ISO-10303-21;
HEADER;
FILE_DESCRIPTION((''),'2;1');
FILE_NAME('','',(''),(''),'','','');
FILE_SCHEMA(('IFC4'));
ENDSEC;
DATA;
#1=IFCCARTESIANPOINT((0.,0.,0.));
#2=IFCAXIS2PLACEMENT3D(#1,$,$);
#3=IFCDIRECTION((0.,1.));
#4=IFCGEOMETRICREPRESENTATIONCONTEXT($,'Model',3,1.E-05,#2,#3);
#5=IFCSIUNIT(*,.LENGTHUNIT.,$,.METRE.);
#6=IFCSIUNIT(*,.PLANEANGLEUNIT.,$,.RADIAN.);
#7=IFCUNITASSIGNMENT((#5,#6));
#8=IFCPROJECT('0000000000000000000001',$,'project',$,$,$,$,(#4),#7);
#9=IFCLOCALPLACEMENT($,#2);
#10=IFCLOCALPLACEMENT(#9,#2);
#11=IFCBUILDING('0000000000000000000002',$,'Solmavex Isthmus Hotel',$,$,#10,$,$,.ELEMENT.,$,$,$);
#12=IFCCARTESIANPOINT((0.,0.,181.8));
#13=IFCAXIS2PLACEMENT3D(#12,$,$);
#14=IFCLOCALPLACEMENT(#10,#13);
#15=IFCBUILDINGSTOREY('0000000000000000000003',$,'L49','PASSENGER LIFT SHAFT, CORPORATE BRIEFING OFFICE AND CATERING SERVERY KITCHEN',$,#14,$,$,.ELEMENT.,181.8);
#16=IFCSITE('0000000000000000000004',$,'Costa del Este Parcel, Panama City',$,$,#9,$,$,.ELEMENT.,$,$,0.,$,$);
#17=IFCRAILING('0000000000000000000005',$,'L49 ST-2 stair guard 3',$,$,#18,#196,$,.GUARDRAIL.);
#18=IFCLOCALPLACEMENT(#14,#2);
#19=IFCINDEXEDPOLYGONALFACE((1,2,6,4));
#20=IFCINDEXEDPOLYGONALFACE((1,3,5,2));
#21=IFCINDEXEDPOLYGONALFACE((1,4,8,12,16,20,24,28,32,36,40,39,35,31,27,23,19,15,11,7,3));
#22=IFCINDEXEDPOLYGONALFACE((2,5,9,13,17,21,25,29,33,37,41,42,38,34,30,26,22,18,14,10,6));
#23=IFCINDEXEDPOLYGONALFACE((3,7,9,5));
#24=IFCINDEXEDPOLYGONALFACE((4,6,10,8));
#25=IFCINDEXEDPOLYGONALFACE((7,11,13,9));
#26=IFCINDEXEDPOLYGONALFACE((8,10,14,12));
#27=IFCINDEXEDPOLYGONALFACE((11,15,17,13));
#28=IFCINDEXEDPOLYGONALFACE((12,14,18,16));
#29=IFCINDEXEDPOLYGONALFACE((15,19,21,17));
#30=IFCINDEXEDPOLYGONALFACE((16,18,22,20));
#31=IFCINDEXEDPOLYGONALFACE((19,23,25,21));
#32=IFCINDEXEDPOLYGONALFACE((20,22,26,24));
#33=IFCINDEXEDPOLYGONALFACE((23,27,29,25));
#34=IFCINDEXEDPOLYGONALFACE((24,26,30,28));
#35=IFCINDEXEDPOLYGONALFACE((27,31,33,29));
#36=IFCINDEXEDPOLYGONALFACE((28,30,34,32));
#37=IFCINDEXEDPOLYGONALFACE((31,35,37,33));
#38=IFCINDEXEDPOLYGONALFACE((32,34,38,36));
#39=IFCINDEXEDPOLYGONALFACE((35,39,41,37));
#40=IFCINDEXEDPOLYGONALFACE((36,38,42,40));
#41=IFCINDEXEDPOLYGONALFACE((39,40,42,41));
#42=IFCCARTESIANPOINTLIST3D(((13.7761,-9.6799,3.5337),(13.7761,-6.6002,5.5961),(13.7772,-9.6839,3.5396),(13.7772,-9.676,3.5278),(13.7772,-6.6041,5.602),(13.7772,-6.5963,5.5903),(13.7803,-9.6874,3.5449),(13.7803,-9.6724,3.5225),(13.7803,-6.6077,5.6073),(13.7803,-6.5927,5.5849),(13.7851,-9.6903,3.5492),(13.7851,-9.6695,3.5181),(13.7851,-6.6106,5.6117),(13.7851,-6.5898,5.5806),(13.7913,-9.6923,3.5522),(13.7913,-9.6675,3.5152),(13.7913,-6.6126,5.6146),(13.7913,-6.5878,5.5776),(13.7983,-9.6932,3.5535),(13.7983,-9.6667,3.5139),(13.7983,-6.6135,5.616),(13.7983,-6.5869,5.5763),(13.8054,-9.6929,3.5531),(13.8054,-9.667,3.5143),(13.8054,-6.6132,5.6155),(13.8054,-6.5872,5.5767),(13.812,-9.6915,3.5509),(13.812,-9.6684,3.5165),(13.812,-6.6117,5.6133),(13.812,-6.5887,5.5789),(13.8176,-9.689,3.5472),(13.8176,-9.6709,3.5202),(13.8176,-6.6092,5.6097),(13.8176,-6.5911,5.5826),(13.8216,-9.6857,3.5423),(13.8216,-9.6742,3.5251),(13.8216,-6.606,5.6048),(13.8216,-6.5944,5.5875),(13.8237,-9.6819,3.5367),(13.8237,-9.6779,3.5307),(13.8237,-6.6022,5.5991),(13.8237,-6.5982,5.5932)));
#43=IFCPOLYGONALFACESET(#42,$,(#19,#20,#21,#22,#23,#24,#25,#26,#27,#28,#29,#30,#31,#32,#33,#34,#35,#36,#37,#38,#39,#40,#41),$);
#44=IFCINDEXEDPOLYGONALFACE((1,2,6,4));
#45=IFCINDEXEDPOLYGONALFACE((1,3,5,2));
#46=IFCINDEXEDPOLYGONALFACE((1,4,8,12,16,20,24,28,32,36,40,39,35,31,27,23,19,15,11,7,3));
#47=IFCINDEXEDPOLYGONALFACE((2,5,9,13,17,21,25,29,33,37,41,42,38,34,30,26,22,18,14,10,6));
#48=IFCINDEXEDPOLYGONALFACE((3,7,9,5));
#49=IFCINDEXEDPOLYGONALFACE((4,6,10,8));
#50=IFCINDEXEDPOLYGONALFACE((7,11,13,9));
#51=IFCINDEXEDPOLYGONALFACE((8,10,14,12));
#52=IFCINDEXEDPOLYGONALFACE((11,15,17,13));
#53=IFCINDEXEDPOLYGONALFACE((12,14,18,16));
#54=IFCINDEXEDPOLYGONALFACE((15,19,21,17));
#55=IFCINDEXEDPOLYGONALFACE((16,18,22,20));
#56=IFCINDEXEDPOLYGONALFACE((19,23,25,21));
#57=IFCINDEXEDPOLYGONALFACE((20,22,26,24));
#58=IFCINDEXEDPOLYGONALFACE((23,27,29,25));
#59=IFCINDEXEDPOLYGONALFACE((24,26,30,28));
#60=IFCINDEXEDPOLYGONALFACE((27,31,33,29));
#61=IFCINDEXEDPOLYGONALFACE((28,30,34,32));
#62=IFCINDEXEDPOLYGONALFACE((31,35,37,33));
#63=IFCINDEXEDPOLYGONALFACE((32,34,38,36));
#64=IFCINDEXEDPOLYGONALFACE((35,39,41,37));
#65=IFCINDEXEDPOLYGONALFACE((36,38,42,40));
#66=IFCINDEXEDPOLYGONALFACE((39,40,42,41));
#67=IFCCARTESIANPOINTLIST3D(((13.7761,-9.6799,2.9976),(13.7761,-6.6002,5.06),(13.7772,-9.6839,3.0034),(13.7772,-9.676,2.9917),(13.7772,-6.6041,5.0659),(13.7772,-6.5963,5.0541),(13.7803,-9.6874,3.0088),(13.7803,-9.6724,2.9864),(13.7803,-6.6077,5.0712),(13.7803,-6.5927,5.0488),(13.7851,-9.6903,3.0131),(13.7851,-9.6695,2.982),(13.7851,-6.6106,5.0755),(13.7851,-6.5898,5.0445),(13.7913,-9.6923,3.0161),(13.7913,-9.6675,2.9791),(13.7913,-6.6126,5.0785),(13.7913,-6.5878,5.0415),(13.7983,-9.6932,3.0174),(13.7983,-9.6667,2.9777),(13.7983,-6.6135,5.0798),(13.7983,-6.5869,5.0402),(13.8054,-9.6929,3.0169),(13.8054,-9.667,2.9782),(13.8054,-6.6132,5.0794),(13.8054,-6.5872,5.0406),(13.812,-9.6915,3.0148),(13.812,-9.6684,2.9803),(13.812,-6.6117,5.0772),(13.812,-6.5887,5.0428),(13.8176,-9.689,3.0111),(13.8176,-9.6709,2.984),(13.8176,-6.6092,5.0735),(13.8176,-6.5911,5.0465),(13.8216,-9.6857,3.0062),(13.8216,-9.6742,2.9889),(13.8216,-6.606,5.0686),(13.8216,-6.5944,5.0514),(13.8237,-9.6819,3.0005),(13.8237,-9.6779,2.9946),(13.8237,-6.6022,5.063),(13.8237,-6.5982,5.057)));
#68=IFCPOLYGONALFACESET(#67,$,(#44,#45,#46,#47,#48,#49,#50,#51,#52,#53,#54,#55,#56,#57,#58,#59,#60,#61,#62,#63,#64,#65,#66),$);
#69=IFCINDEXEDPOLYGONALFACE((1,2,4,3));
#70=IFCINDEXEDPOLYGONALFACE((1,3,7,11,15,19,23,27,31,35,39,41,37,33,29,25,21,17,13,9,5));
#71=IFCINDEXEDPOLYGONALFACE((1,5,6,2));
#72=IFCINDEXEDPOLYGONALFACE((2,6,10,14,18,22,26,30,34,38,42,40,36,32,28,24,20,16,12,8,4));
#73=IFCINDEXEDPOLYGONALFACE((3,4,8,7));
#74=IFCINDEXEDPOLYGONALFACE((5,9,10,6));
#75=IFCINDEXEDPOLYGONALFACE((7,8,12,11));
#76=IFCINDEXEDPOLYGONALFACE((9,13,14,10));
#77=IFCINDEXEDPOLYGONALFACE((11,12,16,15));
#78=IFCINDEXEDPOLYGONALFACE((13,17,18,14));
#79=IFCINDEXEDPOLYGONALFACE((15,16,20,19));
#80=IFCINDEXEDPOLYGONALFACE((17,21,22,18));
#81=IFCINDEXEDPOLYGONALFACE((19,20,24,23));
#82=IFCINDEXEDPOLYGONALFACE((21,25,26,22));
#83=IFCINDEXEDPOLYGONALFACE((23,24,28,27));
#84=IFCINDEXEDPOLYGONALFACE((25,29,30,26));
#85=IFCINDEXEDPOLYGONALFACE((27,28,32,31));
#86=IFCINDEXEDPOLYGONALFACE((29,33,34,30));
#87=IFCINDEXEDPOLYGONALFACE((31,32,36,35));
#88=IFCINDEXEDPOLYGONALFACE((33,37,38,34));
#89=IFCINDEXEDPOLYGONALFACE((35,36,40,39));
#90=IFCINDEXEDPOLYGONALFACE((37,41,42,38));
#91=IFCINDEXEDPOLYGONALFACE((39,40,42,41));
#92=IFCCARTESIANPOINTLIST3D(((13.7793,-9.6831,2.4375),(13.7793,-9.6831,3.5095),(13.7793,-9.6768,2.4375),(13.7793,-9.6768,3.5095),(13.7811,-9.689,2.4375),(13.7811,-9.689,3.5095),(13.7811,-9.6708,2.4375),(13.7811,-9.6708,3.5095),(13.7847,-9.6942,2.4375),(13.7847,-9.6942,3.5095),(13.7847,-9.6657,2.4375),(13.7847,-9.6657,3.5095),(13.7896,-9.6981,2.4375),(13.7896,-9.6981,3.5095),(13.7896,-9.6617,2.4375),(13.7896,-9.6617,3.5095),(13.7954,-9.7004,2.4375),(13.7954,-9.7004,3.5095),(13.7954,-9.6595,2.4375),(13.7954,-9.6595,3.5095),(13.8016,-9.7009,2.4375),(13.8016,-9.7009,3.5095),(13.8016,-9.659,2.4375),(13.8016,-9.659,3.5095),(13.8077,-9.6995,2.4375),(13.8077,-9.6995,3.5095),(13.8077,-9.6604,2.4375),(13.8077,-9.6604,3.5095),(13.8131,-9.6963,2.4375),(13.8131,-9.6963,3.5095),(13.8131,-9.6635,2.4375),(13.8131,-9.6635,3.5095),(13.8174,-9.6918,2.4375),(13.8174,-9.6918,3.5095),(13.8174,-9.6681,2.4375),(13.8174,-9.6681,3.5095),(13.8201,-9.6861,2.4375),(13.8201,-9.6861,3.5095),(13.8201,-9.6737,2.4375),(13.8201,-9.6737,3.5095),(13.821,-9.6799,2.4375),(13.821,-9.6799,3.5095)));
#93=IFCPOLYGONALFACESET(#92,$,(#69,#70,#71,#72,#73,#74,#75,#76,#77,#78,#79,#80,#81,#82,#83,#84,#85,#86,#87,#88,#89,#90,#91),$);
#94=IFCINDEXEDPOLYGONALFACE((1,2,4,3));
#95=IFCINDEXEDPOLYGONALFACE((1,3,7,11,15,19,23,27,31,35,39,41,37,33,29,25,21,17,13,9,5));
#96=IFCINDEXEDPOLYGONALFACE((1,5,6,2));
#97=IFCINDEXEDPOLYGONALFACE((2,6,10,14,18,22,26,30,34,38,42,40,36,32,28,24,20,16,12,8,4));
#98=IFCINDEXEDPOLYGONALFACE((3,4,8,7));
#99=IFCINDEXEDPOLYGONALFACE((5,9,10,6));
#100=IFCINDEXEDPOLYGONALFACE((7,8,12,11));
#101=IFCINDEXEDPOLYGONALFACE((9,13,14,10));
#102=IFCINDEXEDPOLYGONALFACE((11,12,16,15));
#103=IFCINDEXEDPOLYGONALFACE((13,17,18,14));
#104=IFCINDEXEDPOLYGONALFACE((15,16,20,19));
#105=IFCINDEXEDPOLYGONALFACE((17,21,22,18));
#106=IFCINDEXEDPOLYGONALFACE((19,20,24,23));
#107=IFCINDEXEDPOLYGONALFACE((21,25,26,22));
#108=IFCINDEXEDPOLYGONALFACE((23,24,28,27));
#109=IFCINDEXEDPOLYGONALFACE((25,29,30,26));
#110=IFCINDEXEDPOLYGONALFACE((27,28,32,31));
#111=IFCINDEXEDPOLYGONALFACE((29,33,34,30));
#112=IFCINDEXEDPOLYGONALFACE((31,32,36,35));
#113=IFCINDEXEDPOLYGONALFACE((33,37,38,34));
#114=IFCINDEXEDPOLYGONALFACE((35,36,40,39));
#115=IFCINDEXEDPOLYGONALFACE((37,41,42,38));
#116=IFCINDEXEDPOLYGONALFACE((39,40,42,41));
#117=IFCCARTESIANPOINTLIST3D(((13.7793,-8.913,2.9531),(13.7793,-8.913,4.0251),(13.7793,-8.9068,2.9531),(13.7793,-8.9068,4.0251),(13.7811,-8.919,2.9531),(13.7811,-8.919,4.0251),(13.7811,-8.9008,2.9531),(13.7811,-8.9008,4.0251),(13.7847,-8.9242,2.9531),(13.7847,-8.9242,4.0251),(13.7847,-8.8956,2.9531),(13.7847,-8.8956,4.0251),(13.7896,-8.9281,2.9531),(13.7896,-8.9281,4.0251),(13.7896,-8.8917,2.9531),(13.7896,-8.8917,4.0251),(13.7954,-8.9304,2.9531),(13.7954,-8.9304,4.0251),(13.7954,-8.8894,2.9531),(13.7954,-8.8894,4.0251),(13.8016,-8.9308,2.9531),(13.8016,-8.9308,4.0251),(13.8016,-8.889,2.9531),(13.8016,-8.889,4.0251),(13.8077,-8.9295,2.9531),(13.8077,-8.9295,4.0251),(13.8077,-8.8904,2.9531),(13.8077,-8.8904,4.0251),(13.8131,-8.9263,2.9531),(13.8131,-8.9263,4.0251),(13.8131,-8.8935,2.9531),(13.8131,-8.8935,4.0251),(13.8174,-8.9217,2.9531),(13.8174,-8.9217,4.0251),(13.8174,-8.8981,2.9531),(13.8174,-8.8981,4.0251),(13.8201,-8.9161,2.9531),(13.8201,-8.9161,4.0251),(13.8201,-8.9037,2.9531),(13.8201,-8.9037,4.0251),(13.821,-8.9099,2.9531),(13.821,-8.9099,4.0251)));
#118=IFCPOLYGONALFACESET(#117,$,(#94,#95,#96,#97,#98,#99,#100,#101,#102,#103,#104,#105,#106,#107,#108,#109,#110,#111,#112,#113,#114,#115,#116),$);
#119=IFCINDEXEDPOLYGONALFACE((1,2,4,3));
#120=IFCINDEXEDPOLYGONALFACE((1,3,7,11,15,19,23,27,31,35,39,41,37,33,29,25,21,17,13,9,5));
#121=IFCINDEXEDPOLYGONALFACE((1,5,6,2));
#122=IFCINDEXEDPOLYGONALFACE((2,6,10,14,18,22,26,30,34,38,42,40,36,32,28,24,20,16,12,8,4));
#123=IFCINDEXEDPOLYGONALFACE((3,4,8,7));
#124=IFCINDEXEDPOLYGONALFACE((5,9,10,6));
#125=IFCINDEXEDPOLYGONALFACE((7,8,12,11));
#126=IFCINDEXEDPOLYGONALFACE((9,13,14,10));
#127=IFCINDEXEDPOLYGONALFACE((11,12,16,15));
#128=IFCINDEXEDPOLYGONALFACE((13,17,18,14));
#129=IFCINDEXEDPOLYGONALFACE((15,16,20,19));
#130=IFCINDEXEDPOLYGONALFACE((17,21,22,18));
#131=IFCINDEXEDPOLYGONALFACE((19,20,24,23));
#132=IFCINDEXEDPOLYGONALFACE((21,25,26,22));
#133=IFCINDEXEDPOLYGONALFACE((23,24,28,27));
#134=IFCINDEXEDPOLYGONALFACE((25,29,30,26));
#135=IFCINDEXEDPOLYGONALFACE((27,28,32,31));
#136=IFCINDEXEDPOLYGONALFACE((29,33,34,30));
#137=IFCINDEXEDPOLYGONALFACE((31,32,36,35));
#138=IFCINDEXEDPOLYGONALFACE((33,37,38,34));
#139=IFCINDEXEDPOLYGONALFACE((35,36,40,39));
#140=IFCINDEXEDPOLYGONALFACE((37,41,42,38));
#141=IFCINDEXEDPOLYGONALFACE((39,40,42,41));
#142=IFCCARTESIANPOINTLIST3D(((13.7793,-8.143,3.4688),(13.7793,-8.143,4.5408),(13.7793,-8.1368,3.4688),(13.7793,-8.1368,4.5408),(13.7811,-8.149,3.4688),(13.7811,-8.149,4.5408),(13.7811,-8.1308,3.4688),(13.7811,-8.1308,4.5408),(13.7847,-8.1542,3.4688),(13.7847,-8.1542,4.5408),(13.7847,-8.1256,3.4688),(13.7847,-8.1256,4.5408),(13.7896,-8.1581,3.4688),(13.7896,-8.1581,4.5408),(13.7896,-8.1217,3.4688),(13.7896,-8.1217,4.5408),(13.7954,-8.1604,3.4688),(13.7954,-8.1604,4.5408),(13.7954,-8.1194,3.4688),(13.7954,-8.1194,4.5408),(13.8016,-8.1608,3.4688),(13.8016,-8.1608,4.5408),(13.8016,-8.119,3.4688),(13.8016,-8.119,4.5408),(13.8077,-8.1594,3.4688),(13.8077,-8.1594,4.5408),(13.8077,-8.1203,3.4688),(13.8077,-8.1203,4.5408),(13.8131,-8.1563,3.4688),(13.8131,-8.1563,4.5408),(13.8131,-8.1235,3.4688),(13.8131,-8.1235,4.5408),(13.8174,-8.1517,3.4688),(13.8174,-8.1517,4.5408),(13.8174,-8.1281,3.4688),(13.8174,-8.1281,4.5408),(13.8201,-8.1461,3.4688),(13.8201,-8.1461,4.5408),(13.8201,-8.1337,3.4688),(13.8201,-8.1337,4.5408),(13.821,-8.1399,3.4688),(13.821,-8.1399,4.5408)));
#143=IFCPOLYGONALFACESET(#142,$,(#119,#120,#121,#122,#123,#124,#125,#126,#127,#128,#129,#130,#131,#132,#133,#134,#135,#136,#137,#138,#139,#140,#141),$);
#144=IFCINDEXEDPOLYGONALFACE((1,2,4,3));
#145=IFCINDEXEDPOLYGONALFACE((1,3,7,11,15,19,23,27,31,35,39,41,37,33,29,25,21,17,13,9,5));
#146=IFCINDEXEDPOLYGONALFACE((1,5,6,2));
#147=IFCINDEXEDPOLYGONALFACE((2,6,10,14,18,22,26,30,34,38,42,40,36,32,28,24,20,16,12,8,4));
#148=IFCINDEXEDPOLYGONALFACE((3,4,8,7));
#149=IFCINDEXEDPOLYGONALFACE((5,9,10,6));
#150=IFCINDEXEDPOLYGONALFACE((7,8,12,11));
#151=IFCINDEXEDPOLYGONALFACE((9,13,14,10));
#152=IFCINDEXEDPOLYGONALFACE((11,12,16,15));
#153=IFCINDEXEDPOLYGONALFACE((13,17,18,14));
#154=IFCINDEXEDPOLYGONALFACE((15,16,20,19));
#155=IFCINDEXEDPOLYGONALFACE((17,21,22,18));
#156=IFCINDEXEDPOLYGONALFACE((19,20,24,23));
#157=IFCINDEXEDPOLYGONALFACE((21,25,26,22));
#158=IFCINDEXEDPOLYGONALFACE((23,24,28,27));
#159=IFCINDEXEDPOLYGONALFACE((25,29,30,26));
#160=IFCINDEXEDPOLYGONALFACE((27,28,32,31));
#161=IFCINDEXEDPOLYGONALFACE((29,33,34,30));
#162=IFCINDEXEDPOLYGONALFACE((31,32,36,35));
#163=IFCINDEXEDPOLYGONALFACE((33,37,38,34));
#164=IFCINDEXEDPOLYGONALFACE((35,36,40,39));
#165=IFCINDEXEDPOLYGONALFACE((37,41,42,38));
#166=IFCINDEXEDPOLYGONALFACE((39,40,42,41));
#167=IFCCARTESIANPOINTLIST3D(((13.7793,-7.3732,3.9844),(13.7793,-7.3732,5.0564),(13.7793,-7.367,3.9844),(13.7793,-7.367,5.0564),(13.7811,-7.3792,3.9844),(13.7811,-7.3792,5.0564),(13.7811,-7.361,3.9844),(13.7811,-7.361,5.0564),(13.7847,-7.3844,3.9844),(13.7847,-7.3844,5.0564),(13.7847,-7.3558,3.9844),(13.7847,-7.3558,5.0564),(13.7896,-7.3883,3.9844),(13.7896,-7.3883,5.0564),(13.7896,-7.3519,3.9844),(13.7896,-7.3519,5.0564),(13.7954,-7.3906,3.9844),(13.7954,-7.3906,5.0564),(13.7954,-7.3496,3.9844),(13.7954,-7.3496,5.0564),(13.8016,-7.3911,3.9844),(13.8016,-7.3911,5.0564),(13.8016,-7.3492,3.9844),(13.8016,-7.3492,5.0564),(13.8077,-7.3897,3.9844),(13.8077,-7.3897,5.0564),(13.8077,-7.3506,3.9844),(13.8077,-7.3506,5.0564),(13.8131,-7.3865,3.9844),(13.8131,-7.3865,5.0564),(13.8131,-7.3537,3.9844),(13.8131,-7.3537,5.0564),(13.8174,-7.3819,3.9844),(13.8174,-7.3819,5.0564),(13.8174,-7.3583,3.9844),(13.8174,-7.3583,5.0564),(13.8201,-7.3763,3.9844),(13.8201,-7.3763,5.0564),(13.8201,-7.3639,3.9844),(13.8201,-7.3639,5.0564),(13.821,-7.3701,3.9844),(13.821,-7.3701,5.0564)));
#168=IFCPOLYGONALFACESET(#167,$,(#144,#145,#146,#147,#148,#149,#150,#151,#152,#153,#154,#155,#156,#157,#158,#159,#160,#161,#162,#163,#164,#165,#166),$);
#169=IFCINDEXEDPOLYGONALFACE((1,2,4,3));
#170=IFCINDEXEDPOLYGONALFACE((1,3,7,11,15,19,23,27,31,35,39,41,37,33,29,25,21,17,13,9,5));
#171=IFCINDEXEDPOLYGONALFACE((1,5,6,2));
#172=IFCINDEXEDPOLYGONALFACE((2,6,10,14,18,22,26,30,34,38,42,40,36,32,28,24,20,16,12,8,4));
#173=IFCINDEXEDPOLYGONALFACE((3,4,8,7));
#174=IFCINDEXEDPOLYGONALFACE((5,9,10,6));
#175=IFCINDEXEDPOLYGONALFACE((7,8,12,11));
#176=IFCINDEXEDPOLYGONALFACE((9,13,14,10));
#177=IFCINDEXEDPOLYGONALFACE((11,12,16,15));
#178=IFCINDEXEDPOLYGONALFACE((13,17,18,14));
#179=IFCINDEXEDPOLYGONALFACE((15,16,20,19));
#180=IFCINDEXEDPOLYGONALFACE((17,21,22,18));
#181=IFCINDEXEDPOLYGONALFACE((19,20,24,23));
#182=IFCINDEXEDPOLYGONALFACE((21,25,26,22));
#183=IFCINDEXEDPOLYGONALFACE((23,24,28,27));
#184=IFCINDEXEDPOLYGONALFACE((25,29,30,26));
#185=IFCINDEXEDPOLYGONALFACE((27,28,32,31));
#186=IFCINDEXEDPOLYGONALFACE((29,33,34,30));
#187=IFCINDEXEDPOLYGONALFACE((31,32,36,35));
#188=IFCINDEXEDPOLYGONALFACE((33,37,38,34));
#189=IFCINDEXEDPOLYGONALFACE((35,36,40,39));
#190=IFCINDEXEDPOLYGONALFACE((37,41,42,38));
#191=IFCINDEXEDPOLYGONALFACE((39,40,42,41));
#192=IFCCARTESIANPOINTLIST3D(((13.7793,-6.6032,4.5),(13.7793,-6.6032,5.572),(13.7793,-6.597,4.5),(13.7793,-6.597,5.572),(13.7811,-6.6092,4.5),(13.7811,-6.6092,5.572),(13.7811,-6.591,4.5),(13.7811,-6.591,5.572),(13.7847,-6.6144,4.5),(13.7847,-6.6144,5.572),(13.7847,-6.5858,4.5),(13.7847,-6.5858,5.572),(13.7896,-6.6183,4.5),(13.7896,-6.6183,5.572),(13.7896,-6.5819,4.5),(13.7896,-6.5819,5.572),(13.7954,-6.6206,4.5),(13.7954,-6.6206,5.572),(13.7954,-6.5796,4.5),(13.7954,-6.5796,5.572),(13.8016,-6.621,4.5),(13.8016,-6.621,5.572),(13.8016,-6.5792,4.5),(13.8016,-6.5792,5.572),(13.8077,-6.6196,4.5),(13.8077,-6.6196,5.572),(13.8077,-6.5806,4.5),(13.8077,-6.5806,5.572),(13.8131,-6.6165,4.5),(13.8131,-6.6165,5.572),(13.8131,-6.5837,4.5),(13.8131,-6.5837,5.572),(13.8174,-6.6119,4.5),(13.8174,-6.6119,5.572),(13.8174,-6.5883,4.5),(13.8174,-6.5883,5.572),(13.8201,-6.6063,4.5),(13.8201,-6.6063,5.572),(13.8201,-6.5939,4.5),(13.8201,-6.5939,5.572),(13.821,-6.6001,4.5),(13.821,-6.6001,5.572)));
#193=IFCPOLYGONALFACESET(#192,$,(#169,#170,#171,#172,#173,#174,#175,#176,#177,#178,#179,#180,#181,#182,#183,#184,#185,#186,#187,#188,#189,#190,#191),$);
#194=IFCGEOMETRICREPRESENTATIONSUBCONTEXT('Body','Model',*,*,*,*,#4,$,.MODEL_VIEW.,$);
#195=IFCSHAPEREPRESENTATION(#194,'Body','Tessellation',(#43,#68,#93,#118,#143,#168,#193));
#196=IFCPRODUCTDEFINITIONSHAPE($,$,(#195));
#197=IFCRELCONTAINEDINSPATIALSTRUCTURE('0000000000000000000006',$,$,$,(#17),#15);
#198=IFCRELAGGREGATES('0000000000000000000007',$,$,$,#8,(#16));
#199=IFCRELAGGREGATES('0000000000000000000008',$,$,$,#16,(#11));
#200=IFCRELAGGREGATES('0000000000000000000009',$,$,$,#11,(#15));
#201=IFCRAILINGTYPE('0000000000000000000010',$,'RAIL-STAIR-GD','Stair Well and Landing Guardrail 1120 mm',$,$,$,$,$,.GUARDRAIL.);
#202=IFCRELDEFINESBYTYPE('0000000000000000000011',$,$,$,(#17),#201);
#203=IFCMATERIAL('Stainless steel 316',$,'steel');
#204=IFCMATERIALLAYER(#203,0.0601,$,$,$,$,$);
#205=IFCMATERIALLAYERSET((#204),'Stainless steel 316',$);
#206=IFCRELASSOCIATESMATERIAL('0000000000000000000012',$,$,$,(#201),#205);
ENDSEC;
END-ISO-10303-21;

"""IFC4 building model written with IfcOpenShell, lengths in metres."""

from ifc_helpers import new_model, si_unit, direction, frame, origin, origin_2d, place, context, subcontext, project, spatial, circle, extrude, material, layer, layer_set, type_object, element, save


model = new_model("IFC4")

# Units and contexts
model_context = context("Model", 3, precision=1e-05, world=origin(), true_north=direction((0.0, 1.0)))
body_context = subcontext(model_context, "Body", "Model", "MODEL_VIEW")
ifc_project = project(units=[si_unit("LENGTHUNIT", "METRE"), si_unit("PLANEANGLEUNIT", "RADIAN")], contexts=[model_context])

# Site, building, storey
site_placement = place(None, origin())
site = spatial("IfcSite", under=ifc_project, at=site_placement, Name="Costa del Este Parcel, Panama City", CompositionType="ELEMENT", RefElevation=0.0)
building_placement = place(site_placement, origin())
building = spatial("IfcBuilding", under=site, at=building_placement, Name="Solmavex Isthmus Hotel", CompositionType="ELEMENT")
storey_placement = place(building_placement, frame((0.0, 0.0, 181.8)))
storey = spatial("IfcBuildingStorey", under=building, at=storey_placement, Name="L49", Description="PASSENGER LIFT SHAFT, CORPORATE BRIEFING OFFICE AND CATERING SERVERY KITCHEN", CompositionType="ELEMENT", Elevation=181.8)

# Shared definitions
ifc_material_1 = material(Name="Stainless steel 316", Category="steel")

# Railing
ifc_layer_1 = layer(ifc_material_1, 0.0601)
ifc_layer_set_1 = layer_set([ifc_layer_1], Name="Stainless steel 316")
railing_type_1 = type_object("IfcRailingType", Name="RAIL-STAIR-GD", Description="Stair Well and Landing Guardrail 1120 mm", PredefinedType="GUARDRAIL", material=ifc_layer_set_1)
railing_1_placement = place(storey_placement, frame((13.8, -9.6799, 2.4375)))
element("IfcRailing", 1, at=railing_1_placement, inside=storey, type_object=railing_type_1, Name="L49 ST-2 stair guard 3", PredefinedType="GUARDRAIL", context=body_context, shape_type="SweptSolid", body=[
    extrude(circle(Radius=0.0239, at=origin_2d()), frame((0.0, 0.0, 1.0962), z_axis=(0.0, 0.830893, 0.556432), x_axis=(-1.0, 0.0, 0.0)), (0.0, 0.0, 1.0), 3.7065),
    extrude(circle(Radius=0.0239, at=origin_2d()), frame((0.0, 0.0, 0.5601), z_axis=(0.0, 0.830893, 0.556432), x_axis=(-1.0, 0.0, 0.0)), (0.0, 0.0, 1.0), 3.7065),
    extrude(circle(Radius=0.021, at=origin_2d()), origin(), (0.0, 0.0, 1.0), 1.072),
    extrude(circle(Radius=0.021, at=origin_2d()), frame((0.0, 0.77, 0.5156)), (0.0, 0.0, 1.0), 1.072),
    extrude(circle(Radius=0.021, at=origin_2d()), frame((0.0, 1.54, 1.0312)), (0.0, 0.0, 1.0), 1.072),
    extrude(circle(Radius=0.021, at=origin_2d()), frame((0.0, 2.3098, 1.5469)), (0.0, 0.0, 1.0), 1.072),
    extrude(circle(Radius=0.021, at=origin_2d()), frame((0.0, 3.0798, 2.0625)), (0.0, 0.0, 1.0), 1.072),
])

save(model, "model.ifc")
